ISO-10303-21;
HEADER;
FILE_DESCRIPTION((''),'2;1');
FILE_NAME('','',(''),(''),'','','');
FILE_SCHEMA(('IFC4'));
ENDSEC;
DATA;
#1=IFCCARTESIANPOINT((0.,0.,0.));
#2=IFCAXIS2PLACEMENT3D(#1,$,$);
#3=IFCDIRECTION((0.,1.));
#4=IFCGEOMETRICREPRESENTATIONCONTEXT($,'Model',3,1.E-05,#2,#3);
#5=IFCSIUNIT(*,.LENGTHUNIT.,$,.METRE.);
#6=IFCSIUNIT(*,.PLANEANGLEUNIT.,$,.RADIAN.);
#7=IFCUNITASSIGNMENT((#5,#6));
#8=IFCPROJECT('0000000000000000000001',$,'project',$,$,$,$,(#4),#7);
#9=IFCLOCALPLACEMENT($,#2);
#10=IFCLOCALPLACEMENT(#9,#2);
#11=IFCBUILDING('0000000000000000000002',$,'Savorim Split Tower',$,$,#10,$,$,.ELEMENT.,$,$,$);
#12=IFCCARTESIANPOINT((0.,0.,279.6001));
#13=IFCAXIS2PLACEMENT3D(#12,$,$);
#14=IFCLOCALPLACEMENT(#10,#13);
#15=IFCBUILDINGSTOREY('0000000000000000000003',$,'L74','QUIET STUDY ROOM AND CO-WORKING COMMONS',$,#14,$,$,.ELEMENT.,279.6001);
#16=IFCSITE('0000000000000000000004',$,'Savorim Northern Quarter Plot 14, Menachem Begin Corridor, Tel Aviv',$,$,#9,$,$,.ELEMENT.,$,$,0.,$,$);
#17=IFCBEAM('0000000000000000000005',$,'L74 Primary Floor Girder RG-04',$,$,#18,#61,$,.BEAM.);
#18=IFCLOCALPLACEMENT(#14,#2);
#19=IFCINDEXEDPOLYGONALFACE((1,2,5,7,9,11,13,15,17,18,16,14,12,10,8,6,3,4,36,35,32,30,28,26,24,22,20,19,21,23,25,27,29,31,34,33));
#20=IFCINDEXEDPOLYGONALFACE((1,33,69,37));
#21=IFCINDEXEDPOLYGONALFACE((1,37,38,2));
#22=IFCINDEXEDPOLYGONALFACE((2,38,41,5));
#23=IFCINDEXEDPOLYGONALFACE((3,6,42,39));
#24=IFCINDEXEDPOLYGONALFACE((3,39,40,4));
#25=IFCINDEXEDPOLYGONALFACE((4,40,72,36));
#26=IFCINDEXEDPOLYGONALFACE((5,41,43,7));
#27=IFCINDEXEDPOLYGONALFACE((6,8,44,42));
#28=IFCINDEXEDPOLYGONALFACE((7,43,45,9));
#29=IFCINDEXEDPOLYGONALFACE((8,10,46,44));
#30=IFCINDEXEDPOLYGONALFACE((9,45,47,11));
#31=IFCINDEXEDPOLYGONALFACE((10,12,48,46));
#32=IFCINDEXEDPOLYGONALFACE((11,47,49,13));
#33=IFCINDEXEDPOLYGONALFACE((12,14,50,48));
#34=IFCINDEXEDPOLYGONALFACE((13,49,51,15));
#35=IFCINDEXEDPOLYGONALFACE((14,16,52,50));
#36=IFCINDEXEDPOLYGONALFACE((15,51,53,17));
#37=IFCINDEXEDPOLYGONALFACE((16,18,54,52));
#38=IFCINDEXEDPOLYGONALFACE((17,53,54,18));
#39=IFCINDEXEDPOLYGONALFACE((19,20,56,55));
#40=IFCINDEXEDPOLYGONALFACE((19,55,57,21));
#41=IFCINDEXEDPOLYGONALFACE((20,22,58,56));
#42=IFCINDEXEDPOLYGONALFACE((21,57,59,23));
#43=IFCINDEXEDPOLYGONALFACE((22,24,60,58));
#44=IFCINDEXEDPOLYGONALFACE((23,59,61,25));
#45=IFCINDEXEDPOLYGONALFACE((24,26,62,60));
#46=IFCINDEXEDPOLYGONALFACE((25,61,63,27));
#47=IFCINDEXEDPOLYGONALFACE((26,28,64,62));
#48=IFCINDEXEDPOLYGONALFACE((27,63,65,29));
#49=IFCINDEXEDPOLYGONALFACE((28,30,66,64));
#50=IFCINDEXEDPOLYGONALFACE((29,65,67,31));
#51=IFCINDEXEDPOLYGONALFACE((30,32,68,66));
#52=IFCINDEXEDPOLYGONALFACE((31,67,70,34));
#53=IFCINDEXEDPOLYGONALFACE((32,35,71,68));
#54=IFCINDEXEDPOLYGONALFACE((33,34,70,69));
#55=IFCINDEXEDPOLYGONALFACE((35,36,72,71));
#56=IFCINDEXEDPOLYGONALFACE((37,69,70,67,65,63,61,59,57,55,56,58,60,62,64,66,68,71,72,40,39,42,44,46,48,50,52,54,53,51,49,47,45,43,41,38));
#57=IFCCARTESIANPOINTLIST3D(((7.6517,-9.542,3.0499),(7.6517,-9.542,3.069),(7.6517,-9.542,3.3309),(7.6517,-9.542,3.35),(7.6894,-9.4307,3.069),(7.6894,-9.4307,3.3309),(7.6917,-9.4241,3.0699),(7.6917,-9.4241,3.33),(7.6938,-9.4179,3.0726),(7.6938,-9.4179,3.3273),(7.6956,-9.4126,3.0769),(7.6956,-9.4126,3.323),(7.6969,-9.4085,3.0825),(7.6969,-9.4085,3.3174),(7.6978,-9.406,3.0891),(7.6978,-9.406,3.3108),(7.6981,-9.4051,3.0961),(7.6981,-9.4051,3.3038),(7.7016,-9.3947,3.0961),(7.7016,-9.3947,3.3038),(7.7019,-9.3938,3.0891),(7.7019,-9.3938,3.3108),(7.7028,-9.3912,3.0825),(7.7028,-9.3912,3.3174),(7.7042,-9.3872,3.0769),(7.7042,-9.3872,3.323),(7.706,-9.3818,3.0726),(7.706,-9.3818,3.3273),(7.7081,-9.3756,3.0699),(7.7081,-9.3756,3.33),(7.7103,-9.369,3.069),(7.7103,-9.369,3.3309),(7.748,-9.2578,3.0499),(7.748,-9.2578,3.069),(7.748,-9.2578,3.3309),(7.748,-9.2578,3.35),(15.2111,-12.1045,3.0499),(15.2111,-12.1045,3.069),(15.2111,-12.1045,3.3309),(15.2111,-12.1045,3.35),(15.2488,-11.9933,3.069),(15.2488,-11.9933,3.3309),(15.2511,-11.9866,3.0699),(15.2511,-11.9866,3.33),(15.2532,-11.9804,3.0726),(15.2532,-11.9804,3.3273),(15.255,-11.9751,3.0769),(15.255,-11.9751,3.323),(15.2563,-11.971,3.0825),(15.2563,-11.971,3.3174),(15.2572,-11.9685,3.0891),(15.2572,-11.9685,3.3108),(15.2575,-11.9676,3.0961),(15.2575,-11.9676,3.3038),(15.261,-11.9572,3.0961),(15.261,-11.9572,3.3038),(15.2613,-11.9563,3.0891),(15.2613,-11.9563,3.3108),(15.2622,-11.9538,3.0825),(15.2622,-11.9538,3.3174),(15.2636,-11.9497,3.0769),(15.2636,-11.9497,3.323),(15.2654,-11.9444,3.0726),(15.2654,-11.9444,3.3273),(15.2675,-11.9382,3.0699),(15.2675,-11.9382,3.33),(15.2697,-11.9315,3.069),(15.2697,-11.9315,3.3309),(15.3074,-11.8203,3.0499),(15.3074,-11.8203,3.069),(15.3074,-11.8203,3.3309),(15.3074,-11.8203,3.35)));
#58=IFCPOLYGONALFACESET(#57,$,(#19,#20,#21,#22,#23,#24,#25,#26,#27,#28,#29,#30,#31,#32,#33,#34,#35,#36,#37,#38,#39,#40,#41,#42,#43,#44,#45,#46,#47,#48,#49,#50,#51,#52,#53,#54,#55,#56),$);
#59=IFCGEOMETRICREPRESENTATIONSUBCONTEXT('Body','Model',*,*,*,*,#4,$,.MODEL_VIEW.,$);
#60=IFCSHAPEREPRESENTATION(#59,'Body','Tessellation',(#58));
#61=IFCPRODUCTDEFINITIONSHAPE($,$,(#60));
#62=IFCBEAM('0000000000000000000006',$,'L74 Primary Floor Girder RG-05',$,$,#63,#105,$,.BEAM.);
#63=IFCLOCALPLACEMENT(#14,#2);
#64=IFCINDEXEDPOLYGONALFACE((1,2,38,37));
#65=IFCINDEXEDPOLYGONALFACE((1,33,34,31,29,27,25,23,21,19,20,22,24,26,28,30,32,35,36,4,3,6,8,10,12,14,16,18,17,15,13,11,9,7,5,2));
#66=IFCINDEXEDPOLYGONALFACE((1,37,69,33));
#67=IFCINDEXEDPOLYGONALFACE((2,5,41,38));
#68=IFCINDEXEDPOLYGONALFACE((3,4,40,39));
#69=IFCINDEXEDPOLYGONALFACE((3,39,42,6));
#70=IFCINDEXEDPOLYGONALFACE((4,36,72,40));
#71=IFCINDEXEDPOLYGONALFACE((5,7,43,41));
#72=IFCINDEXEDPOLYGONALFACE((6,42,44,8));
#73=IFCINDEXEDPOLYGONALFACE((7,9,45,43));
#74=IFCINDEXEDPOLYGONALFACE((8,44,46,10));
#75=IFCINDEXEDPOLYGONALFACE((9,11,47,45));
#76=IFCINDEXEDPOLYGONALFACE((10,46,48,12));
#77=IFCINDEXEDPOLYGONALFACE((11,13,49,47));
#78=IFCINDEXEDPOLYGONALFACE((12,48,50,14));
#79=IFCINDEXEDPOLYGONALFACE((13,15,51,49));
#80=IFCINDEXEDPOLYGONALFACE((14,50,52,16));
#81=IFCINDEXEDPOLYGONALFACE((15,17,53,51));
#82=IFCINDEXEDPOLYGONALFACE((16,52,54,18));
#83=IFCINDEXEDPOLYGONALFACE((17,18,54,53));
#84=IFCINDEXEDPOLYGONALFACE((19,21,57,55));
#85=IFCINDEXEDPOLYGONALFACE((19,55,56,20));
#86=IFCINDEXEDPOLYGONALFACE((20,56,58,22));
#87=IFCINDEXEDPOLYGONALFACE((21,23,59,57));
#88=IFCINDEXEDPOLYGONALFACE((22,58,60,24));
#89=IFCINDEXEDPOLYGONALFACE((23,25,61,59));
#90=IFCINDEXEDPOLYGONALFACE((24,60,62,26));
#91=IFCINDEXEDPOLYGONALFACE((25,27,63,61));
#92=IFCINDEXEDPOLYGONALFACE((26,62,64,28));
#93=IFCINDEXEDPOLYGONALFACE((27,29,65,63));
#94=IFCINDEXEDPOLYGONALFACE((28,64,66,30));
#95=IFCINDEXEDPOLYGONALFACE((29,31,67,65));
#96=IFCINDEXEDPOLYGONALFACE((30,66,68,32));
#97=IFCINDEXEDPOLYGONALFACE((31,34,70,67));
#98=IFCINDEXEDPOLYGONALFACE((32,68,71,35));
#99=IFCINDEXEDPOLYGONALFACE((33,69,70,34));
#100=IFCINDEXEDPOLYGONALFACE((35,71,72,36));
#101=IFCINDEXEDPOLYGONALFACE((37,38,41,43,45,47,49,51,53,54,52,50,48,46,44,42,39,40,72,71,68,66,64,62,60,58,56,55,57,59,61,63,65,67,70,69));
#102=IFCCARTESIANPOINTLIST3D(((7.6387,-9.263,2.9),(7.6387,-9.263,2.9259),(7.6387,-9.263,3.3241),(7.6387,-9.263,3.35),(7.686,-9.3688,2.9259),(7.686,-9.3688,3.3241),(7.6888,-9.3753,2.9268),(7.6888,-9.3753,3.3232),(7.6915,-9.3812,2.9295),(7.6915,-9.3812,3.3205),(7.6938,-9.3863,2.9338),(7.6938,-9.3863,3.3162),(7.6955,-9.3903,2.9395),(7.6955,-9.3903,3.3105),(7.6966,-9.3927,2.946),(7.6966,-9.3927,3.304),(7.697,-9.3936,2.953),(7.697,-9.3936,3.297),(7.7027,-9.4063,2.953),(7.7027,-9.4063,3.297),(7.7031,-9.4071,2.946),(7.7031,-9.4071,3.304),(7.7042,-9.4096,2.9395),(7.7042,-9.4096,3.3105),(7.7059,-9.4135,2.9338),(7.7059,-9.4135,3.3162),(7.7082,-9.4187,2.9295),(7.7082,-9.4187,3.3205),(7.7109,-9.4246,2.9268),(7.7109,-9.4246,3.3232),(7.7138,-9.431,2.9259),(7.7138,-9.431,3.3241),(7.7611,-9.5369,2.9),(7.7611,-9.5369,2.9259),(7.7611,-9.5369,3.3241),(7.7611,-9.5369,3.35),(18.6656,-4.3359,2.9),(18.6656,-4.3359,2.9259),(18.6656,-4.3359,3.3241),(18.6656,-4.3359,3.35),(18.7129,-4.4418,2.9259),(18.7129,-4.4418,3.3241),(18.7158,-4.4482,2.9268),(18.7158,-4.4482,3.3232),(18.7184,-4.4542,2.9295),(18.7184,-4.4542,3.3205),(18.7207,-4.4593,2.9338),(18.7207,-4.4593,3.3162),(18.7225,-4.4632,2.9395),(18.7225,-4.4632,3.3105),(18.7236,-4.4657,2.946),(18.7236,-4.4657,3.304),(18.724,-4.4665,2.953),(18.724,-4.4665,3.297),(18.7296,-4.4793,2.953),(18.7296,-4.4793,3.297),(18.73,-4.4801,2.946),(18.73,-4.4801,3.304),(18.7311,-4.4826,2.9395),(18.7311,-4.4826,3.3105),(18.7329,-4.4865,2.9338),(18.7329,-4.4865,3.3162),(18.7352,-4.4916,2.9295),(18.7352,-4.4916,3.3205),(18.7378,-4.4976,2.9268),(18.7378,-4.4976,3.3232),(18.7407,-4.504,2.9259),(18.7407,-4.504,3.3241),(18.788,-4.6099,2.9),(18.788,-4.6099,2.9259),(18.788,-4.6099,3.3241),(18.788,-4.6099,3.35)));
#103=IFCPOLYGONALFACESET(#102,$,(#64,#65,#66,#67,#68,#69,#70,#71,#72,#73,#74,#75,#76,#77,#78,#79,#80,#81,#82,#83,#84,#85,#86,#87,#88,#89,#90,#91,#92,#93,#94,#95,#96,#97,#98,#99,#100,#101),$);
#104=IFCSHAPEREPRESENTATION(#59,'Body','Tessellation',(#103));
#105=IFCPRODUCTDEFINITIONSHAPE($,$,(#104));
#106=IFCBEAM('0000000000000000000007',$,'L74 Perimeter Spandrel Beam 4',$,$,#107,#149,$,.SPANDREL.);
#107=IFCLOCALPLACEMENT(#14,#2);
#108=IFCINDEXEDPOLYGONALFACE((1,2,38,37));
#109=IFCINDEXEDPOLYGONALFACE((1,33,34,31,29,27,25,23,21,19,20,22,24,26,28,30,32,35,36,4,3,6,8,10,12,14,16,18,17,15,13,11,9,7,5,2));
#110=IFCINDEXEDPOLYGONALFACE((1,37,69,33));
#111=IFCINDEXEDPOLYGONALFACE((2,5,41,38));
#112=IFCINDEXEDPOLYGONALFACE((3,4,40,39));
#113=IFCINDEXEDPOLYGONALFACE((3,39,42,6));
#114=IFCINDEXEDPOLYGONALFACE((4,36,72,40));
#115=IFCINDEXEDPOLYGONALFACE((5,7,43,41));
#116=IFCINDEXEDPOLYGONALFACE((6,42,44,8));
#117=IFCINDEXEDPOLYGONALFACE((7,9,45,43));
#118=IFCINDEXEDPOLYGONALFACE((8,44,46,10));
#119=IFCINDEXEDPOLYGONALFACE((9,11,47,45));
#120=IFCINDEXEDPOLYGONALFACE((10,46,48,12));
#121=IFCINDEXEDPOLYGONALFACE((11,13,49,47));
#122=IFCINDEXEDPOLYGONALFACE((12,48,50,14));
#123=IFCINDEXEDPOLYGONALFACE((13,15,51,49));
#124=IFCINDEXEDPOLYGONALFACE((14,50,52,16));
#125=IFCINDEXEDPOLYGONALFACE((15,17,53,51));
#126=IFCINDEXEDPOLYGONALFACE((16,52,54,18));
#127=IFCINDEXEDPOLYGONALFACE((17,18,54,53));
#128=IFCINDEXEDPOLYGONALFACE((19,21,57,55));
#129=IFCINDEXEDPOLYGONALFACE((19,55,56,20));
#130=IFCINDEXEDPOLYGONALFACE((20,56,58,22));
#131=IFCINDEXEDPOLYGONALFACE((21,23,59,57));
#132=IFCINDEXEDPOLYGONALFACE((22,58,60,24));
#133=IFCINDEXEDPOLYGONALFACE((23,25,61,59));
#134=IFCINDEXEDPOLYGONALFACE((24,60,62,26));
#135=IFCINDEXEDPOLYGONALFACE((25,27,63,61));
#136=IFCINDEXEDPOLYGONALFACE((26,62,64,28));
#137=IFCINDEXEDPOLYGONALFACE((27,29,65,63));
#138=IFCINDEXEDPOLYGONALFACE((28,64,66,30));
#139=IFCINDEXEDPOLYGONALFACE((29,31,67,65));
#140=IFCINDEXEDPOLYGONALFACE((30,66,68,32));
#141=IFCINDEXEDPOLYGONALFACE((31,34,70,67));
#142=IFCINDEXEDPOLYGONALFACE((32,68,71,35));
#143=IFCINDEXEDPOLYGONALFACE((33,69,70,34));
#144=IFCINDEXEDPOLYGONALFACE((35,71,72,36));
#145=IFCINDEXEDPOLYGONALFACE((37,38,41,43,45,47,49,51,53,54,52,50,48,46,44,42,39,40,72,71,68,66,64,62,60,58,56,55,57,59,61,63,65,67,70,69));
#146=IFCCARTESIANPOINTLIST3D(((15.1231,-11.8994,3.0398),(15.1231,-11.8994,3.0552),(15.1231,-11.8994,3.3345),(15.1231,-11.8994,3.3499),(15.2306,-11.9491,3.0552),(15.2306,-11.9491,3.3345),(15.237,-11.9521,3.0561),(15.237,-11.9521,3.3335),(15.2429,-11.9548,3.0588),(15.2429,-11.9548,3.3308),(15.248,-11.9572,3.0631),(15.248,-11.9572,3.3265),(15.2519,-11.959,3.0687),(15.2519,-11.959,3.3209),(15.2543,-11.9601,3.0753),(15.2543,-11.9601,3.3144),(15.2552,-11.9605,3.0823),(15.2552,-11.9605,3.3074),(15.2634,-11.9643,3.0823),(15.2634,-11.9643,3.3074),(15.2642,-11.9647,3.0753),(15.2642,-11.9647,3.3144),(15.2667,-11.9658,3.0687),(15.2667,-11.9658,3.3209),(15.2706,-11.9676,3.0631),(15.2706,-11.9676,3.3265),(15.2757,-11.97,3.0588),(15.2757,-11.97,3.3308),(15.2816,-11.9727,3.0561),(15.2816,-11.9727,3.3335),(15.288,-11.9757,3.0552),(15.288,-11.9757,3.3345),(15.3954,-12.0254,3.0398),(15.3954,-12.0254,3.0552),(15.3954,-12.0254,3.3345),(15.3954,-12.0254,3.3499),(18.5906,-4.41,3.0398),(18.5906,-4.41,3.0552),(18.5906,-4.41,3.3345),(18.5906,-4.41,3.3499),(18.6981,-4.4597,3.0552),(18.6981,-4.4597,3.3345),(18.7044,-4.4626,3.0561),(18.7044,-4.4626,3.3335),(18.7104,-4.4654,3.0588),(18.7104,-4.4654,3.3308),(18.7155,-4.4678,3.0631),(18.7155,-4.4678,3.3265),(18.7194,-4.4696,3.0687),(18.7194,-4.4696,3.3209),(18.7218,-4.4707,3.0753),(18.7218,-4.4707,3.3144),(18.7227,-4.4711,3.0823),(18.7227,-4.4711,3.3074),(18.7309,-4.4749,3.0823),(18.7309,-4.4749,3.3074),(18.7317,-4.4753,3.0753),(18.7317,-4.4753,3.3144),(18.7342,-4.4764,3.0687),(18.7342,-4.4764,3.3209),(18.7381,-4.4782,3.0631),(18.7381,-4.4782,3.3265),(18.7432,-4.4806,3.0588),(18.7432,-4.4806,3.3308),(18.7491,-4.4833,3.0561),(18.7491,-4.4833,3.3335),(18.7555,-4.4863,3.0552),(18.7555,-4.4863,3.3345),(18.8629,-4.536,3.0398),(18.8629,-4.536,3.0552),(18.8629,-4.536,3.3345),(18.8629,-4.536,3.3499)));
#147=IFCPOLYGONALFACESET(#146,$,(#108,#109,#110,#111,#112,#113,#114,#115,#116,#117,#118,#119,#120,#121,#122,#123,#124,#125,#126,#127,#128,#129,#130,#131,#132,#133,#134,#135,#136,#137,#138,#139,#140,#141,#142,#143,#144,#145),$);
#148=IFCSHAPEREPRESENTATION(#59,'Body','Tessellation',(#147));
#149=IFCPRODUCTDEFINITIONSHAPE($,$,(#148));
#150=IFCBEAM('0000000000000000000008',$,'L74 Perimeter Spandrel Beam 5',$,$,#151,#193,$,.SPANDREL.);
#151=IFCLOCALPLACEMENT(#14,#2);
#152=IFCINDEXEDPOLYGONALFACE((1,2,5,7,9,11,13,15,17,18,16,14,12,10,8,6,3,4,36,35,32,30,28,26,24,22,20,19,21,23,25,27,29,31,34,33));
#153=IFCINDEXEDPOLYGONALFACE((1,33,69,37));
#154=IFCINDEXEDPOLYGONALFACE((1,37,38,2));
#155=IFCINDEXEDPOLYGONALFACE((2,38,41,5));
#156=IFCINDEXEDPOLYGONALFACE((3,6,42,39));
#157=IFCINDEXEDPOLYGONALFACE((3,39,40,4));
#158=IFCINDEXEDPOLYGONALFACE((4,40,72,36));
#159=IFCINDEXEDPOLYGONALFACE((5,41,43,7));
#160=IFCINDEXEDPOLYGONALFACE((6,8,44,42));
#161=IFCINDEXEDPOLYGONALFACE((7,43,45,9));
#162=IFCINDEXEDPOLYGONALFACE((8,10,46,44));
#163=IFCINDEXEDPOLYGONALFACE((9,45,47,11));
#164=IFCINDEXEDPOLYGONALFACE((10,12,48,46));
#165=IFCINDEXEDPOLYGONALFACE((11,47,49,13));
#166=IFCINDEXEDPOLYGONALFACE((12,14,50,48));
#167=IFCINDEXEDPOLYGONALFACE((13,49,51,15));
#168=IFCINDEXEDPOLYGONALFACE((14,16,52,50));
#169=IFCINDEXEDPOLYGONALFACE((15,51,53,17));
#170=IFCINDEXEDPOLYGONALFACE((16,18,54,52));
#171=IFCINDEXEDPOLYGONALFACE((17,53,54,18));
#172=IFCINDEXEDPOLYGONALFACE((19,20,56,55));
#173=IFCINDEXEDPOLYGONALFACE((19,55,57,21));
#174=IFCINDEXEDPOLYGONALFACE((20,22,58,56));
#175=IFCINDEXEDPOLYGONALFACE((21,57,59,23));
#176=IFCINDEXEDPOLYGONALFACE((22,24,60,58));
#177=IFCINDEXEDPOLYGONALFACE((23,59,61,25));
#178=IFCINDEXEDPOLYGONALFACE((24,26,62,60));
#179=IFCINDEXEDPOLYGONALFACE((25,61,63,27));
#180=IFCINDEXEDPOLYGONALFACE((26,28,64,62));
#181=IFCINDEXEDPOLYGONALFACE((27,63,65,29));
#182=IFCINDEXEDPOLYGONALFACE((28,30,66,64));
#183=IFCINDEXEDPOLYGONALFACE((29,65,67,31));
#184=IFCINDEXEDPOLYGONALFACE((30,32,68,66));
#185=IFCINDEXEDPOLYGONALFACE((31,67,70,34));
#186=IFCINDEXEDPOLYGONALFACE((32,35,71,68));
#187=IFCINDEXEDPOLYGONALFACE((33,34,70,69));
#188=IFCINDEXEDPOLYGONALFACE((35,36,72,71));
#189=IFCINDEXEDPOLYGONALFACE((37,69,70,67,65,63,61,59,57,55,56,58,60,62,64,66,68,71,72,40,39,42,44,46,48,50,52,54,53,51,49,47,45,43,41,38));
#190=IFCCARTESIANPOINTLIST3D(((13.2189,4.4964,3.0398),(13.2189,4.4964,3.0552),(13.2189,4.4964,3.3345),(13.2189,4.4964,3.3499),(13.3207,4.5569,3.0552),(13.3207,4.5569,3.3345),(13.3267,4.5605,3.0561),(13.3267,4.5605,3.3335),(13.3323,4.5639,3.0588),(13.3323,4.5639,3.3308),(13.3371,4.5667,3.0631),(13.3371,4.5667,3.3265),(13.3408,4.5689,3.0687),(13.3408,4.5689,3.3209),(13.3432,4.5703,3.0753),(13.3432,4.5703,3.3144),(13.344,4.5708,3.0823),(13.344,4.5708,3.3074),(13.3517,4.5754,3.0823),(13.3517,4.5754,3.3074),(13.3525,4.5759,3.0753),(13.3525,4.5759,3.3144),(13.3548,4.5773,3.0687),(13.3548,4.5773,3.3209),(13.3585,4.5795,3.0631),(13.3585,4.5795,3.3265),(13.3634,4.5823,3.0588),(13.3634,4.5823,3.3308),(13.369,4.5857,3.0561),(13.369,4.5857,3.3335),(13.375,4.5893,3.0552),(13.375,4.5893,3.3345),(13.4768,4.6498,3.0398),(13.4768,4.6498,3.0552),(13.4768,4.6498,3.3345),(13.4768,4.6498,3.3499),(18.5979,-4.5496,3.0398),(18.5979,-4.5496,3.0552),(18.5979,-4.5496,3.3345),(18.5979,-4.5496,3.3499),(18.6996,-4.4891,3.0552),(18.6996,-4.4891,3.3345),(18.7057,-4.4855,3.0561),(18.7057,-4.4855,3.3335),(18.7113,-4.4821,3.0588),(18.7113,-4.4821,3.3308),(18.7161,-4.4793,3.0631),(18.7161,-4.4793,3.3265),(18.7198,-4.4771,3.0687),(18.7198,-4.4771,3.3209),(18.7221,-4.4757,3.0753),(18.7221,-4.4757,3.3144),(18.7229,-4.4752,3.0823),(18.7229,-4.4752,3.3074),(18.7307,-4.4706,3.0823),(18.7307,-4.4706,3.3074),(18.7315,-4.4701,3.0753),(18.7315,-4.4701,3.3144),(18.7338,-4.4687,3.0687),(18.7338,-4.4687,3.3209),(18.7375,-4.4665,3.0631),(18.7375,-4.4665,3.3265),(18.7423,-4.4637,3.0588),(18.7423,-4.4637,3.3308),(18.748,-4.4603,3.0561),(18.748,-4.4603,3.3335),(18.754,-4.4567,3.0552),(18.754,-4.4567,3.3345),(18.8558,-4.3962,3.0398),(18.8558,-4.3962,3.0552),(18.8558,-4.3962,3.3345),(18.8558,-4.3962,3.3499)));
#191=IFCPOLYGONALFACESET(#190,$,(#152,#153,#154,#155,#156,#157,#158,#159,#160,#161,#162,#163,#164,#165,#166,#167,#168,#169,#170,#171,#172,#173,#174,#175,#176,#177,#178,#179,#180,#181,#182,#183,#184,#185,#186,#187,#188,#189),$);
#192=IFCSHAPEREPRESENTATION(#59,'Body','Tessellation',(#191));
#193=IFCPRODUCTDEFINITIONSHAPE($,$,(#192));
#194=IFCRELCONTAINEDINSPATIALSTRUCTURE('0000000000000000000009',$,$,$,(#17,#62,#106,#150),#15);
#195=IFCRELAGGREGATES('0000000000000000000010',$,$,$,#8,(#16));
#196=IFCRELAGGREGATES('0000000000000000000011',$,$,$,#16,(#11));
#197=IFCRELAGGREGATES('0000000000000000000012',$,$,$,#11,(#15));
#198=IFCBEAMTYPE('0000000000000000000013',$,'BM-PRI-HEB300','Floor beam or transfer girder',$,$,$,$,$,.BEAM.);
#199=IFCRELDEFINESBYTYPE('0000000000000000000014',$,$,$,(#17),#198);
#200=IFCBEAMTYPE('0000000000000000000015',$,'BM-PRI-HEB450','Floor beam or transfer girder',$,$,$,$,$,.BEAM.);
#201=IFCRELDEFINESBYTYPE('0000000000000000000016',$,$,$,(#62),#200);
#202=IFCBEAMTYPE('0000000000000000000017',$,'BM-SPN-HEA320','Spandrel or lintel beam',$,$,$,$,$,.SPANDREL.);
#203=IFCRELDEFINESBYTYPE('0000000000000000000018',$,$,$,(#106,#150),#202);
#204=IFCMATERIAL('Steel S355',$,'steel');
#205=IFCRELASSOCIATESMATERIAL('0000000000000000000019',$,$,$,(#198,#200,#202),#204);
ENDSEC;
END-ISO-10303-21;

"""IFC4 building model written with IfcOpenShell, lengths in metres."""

from ifc_helpers import new_model, si_unit, direction, frame, origin, origin_2d, place, context, subcontext, project, spatial, i_section, extrude, material, material_profile, profile_set, type_object, element, save


model = new_model("IFC4")

# Units and contexts
model_context = context("Model", 3, precision=1e-05, world=origin(), true_north=direction((0.0, 1.0)))
body_context = subcontext(model_context, "Body", "Model", "MODEL_VIEW")
ifc_project = project(units=[si_unit("LENGTHUNIT", "METRE"), si_unit("PLANEANGLEUNIT", "RADIAN")], contexts=[model_context])

# Site, building, storey
site_placement = place(None, origin())
site = spatial("IfcSite", under=ifc_project, at=site_placement, Name="Savorim Northern Quarter Plot 14, Menachem Begin Corridor, Tel Aviv", CompositionType="ELEMENT", RefElevation=0.0)
building_placement = place(site_placement, origin())
building = spatial("IfcBuilding", under=site, at=building_placement, Name="Savorim Split Tower", CompositionType="ELEMENT")
storey_placement = place(building_placement, frame((0.0, 0.0, 279.6001)))
storey = spatial("IfcBuildingStorey", under=building, at=storey_placement, Name="L74", Description="QUIET STUDY ROOM AND CO-WORKING COMMONS", CompositionType="ELEMENT", Elevation=279.6001)

# Shared definitions
ifc_material_1 = material(Name="Steel S355", Category="steel")

# Beams
ifc_material_profile_1 = material_profile(ifc_material_1, i_section(OverallWidth=0.3, OverallDepth=0.3, WebThickness=0.011, FlangeThickness=0.019, FilletRadius=0.0271, at=origin_2d()), Name="HEB 300")
ifc_profile_set_1 = profile_set([ifc_material_profile_1], Name="Steel S355")
beam_type_1 = type_object("IfcBeamType", Name="BM-PRI-HEB300", Description="Floor beam or transfer girder", PredefinedType="BEAM", material=ifc_profile_set_1)
beam_1_placement = place(storey_placement, frame((15.2593, -11.9624, 3.2), z_axis=(-0.947065, 0.321041, 0.0), x_axis=(-0.321041, -0.947065, 0.0)))
element("IfcBeam", 1, at=beam_1_placement, inside=storey, type_object=beam_type_1, Name="L74 Primary Floor Girder RG-04", PredefinedType="BEAM", context=body_context, shape_type="SweptSolid", body=[
    extrude(i_section(OverallWidth=0.3, OverallDepth=0.3, WebThickness=0.011, FlangeThickness=0.019, FilletRadius=0.0271, at=origin_2d()), origin(), (0.0, 0.0, 1.0), 7.9819),
])
ifc_material_profile_2 = material_profile(ifc_material_1, i_section(OverallWidth=0.3, OverallDepth=0.45, WebThickness=0.0139, FlangeThickness=0.0259, FilletRadius=0.0271, at=origin_2d()), Name="HEB 450")
ifc_profile_set_2 = profile_set([ifc_material_profile_2], Name="Steel S355")
beam_type_2 = type_object("IfcBeamType", Name="BM-PRI-HEB450", Description="Floor beam or transfer girder", PredefinedType="BEAM", material=ifc_profile_set_2)
beam_2_placement = place(storey_placement, frame((18.7268, -4.4729, 3.125), z_axis=(-0.913005, -0.407948, 0.0), x_axis=(0.407948, -0.913005, 0.0)))
element("IfcBeam", 2, at=beam_2_placement, inside=storey, type_object=beam_type_2, Name="L74 Primary Floor Girder RG-05", PredefinedType="BEAM", context=body_context, shape_type="SweptSolid", body=[
    extrude(i_section(OverallWidth=0.3, OverallDepth=0.45, WebThickness=0.0139, FlangeThickness=0.0259, FilletRadius=0.0271, at=origin_2d()), origin(), (0.0, 0.0, 1.0), 12.0776),
])
ifc_material_profile_3 = material_profile(ifc_material_1, i_section(OverallWidth=0.3, OverallDepth=0.3101, WebThickness=0.009, FlangeThickness=0.0154, FilletRadius=0.0271, at=origin_2d()), Name="HEA 320")
ifc_profile_set_3 = profile_set([ifc_material_profile_3], Name="Steel S355")
beam_type_3 = type_object("IfcBeamType", Name="BM-SPN-HEA320", Description="Spandrel or lintel beam", PredefinedType="SPANDREL", material=ifc_profile_set_3)
beam_3_placement = place(storey_placement, frame((15.2593, -11.9624, 3.1948), z_axis=(0.42014, 0.907459, 0.0), x_axis=(-0.907459, 0.42014, 0.0)))
element("IfcBeam", 3, at=beam_3_placement, inside=storey, type_object=beam_type_3, Name="L74 Perimeter Spandrel Beam 4", PredefinedType="SPANDREL", context=body_context, shape_type="SweptSolid", body=[
    extrude(i_section(OverallWidth=0.3, OverallDepth=0.3101, WebThickness=0.009, FlangeThickness=0.0154, FilletRadius=0.0271, at=origin_2d()), origin(), (0.0, 0.0, 1.0), 8.2532),
])
beam_4_placement = place(storey_placement, frame((18.7268, -4.4729, 3.1948), z_axis=(-0.511094, 0.859525, 0.0), x_axis=(-0.859525, -0.511094, 0.0)))
element("IfcBeam", 4, at=beam_4_placement, inside=storey, type_object=beam_type_3, Name="L74 Perimeter Spandrel Beam 5", PredefinedType="SPANDREL", context=body_context, shape_type="SweptSolid", body=[
    extrude(i_section(OverallWidth=0.3, OverallDepth=0.3101, WebThickness=0.009, FlangeThickness=0.0154, FilletRadius=0.0271, at=origin_2d()), origin(), (0.0, 0.0, 1.0), 10.5244),
])

save(model, "model.ifc")
